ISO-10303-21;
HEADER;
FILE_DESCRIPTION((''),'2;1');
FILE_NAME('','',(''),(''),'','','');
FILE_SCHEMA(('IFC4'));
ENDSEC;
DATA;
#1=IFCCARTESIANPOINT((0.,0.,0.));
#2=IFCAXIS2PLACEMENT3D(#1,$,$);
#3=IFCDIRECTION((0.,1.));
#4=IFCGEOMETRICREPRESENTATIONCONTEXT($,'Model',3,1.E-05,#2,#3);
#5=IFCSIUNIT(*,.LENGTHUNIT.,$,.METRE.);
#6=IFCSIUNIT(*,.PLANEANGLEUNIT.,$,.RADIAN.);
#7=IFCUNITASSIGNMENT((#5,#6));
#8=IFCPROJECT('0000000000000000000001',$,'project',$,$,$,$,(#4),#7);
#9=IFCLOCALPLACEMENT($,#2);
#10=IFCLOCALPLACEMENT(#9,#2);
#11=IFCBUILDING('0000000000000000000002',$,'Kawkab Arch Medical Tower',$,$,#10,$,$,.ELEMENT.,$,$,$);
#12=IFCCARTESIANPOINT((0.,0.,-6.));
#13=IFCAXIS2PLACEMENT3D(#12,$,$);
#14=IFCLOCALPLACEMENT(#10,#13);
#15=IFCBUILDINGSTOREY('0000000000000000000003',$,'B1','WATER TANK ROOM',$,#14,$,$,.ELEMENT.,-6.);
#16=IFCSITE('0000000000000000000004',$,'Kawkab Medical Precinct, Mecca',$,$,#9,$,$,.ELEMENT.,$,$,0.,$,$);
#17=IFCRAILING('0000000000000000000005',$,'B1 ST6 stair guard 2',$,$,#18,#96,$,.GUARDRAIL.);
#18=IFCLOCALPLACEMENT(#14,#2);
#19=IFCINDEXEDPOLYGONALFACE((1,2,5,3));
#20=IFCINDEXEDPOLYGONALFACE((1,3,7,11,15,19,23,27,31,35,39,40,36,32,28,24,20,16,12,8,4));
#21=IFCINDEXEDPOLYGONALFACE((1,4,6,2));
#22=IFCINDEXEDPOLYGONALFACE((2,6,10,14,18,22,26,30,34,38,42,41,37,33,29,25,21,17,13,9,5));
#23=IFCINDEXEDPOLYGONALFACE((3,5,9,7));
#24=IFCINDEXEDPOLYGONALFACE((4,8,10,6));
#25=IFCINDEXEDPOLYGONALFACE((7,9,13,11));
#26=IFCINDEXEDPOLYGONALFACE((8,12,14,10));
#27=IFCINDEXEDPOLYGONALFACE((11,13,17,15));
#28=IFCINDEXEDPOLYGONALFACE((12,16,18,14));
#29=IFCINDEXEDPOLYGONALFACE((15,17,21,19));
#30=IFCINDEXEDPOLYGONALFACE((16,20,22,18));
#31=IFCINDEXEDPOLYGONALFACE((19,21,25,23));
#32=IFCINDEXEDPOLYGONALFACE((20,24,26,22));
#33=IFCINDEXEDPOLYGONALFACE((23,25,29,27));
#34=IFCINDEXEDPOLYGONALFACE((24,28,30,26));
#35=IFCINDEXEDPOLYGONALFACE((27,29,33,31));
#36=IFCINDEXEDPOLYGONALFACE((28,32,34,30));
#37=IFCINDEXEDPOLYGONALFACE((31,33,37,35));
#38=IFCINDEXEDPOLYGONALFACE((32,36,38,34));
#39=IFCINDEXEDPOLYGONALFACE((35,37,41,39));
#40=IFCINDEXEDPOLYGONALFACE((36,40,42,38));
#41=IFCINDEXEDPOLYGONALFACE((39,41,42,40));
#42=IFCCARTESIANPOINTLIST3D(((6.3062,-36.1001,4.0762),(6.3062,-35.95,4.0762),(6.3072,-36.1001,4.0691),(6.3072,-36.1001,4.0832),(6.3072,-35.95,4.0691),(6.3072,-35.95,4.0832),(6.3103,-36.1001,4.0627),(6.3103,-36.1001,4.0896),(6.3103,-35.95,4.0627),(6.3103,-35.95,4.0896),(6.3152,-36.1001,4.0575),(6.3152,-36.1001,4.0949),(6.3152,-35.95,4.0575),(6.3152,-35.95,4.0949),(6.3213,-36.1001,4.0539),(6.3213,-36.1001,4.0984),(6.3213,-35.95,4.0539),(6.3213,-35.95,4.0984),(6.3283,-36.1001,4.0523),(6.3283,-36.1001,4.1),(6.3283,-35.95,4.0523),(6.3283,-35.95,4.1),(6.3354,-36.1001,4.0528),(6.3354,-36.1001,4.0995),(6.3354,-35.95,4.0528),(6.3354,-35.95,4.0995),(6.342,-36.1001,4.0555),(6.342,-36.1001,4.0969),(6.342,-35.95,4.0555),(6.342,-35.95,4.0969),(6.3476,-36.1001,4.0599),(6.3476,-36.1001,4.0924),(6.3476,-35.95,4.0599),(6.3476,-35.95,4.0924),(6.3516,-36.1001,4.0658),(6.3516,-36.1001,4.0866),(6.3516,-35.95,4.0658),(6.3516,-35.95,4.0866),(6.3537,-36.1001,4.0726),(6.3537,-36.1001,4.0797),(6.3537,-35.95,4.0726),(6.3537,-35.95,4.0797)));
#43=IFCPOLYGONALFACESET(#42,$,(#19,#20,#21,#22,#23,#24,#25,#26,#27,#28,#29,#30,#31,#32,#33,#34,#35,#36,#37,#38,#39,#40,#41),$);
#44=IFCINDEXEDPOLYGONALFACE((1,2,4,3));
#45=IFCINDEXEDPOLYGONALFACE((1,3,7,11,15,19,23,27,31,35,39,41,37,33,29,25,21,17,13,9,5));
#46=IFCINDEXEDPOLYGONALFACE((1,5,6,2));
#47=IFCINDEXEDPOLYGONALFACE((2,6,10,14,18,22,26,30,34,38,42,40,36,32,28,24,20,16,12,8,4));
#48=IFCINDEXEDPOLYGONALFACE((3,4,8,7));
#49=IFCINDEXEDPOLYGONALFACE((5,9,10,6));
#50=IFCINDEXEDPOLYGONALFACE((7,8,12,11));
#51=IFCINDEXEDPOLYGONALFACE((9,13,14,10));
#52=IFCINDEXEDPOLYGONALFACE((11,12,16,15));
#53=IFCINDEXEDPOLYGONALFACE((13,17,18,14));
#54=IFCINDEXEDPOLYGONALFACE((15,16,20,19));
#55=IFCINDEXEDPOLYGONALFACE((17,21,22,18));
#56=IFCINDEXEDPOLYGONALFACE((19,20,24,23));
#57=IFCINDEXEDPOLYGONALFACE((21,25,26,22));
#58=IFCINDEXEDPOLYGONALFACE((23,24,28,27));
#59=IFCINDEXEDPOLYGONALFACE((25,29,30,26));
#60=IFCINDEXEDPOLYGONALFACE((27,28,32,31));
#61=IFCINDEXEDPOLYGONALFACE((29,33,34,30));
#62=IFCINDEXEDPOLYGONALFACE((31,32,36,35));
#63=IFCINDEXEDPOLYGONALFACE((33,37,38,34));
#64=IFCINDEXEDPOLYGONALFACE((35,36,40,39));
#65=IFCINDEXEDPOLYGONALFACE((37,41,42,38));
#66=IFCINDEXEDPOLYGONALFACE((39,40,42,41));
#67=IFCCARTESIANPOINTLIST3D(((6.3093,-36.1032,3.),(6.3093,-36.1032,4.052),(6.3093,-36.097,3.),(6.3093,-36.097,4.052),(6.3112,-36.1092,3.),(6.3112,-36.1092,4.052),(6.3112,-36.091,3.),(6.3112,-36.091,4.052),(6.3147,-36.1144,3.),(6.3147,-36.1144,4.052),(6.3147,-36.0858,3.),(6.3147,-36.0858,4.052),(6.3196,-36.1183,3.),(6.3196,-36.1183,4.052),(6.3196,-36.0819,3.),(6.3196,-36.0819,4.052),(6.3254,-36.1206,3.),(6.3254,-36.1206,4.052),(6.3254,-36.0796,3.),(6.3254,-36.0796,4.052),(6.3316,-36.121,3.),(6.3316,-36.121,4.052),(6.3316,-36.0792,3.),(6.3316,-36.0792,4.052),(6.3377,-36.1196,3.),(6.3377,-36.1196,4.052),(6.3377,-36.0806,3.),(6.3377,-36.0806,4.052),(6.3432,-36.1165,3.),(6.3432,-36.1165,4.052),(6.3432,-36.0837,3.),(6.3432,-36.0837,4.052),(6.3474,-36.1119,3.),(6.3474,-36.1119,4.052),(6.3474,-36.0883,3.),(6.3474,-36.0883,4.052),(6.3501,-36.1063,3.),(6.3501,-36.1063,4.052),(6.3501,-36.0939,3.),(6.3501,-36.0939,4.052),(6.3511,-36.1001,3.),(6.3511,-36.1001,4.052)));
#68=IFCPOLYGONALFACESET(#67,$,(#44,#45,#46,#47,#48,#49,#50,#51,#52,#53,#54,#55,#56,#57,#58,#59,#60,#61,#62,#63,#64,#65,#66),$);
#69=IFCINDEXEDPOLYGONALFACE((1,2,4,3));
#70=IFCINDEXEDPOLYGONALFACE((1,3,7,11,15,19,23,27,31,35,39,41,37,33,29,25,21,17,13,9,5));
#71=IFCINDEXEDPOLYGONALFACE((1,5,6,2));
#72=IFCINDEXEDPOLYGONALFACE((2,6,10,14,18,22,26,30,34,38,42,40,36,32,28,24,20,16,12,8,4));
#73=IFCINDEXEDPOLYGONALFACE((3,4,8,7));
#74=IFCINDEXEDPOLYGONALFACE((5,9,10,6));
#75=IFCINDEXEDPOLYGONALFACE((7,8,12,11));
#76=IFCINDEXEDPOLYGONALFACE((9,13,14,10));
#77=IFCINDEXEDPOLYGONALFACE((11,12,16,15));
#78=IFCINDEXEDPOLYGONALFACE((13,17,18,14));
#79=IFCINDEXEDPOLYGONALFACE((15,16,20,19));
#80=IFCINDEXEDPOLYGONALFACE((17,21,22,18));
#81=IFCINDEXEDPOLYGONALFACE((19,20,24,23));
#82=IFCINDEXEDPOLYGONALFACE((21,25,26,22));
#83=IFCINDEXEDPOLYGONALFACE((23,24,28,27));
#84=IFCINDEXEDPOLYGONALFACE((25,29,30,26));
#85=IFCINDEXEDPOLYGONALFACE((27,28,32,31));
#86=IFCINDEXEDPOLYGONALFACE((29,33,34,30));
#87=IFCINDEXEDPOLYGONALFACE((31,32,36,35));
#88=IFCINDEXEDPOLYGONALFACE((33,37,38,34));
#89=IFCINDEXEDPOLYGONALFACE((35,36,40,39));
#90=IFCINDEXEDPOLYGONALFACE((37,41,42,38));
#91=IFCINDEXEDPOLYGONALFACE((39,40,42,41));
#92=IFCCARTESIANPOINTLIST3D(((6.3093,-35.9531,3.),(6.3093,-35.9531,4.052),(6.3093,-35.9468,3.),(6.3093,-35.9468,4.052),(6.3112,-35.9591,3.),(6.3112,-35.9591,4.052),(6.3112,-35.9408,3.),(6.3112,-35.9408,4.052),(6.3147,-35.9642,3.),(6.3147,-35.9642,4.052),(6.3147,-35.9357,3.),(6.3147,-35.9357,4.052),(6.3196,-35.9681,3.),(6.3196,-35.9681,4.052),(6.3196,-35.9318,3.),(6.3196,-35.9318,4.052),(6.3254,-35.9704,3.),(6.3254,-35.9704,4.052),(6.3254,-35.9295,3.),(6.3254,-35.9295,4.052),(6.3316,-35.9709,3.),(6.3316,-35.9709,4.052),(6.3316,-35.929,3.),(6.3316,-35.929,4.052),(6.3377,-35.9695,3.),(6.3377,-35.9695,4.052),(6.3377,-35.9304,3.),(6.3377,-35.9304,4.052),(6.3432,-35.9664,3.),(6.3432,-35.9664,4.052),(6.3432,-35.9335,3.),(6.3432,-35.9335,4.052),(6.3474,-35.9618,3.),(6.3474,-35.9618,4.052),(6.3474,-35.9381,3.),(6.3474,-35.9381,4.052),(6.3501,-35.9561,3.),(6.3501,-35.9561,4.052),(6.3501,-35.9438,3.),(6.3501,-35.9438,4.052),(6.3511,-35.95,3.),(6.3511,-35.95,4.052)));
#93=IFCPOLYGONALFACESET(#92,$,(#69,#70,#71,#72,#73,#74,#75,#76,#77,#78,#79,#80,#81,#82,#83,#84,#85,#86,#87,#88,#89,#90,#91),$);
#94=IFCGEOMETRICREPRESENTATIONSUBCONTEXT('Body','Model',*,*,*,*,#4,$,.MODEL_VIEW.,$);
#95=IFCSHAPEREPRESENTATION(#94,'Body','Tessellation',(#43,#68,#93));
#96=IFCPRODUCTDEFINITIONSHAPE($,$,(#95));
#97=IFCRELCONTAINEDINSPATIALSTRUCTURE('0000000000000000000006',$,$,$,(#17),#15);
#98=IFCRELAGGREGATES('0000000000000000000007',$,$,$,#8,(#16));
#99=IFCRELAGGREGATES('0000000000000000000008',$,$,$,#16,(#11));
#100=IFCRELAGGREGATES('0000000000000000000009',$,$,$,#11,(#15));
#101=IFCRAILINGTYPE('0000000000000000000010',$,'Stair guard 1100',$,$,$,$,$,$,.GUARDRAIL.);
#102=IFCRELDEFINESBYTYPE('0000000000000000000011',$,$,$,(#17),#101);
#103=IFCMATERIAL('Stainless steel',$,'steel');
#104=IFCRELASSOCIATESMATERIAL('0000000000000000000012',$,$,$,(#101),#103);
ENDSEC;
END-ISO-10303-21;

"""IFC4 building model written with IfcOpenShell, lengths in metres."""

from ifc_helpers import new_model, si_unit, direction, frame, origin, origin_2d, place, context, subcontext, project, spatial, circle, extrude, material, type_object, element, save


model = new_model("IFC4")

# Units and contexts
model_context = context("Model", 3, precision=1e-05, world=origin(), true_north=direction((0.0, 1.0)))
body_context = subcontext(model_context, "Body", "Model", "MODEL_VIEW")
ifc_project = project(units=[si_unit("LENGTHUNIT", "METRE"), si_unit("PLANEANGLEUNIT", "RADIAN")], contexts=[model_context])

# Site, building, storey
site_placement = place(None, origin())
site = spatial("IfcSite", under=ifc_project, at=site_placement, Name="Kawkab Medical Precinct, Mecca", CompositionType="ELEMENT", RefElevation=0.0)
building_placement = place(site_placement, origin())
building = spatial("IfcBuilding", under=site, at=building_placement, Name="Kawkab Arch Medical Tower", CompositionType="ELEMENT")
storey_placement = place(building_placement, frame((0.0, 0.0, -6.0)))
storey = spatial("IfcBuildingStorey", under=building, at=storey_placement, Name="B1", Description="WATER TANK ROOM", CompositionType="ELEMENT", Elevation=-6.0)

# Railing
ifc_material_1 = material(Name="Stainless steel", Category="steel")
railing_type = type_object("IfcRailingType", Name="Stair guard 1100", PredefinedType="GUARDRAIL", material=ifc_material_1)
railing_1_placement = place(storey_placement, frame((6.3301, -36.1001, 3.0)))
element("IfcRailing", 1, at=railing_1_placement, inside=storey, type_object=railing_type, Name="B1 ST6 stair guard 2", PredefinedType="GUARDRAIL", context=body_context, shape_type="SweptSolid", body=[
    extrude(circle(Radius=0.0239, at=origin_2d()), frame((0.0, 0.0, 1.0762), z_axis=(0.0, 1.0, 0.0), x_axis=(-1.0, 0.0, 0.0)), (0.0, 0.0, 1.0), 0.1501),
    extrude(circle(Radius=0.021, at=origin_2d()), origin(), (0.0, 0.0, 1.0), 1.052),
    extrude(circle(Radius=0.021, at=origin_2d()), frame((0.0, 0.1501, 0.0)), (0.0, 0.0, 1.0), 1.052),
])

save(model, "model.ifc")
